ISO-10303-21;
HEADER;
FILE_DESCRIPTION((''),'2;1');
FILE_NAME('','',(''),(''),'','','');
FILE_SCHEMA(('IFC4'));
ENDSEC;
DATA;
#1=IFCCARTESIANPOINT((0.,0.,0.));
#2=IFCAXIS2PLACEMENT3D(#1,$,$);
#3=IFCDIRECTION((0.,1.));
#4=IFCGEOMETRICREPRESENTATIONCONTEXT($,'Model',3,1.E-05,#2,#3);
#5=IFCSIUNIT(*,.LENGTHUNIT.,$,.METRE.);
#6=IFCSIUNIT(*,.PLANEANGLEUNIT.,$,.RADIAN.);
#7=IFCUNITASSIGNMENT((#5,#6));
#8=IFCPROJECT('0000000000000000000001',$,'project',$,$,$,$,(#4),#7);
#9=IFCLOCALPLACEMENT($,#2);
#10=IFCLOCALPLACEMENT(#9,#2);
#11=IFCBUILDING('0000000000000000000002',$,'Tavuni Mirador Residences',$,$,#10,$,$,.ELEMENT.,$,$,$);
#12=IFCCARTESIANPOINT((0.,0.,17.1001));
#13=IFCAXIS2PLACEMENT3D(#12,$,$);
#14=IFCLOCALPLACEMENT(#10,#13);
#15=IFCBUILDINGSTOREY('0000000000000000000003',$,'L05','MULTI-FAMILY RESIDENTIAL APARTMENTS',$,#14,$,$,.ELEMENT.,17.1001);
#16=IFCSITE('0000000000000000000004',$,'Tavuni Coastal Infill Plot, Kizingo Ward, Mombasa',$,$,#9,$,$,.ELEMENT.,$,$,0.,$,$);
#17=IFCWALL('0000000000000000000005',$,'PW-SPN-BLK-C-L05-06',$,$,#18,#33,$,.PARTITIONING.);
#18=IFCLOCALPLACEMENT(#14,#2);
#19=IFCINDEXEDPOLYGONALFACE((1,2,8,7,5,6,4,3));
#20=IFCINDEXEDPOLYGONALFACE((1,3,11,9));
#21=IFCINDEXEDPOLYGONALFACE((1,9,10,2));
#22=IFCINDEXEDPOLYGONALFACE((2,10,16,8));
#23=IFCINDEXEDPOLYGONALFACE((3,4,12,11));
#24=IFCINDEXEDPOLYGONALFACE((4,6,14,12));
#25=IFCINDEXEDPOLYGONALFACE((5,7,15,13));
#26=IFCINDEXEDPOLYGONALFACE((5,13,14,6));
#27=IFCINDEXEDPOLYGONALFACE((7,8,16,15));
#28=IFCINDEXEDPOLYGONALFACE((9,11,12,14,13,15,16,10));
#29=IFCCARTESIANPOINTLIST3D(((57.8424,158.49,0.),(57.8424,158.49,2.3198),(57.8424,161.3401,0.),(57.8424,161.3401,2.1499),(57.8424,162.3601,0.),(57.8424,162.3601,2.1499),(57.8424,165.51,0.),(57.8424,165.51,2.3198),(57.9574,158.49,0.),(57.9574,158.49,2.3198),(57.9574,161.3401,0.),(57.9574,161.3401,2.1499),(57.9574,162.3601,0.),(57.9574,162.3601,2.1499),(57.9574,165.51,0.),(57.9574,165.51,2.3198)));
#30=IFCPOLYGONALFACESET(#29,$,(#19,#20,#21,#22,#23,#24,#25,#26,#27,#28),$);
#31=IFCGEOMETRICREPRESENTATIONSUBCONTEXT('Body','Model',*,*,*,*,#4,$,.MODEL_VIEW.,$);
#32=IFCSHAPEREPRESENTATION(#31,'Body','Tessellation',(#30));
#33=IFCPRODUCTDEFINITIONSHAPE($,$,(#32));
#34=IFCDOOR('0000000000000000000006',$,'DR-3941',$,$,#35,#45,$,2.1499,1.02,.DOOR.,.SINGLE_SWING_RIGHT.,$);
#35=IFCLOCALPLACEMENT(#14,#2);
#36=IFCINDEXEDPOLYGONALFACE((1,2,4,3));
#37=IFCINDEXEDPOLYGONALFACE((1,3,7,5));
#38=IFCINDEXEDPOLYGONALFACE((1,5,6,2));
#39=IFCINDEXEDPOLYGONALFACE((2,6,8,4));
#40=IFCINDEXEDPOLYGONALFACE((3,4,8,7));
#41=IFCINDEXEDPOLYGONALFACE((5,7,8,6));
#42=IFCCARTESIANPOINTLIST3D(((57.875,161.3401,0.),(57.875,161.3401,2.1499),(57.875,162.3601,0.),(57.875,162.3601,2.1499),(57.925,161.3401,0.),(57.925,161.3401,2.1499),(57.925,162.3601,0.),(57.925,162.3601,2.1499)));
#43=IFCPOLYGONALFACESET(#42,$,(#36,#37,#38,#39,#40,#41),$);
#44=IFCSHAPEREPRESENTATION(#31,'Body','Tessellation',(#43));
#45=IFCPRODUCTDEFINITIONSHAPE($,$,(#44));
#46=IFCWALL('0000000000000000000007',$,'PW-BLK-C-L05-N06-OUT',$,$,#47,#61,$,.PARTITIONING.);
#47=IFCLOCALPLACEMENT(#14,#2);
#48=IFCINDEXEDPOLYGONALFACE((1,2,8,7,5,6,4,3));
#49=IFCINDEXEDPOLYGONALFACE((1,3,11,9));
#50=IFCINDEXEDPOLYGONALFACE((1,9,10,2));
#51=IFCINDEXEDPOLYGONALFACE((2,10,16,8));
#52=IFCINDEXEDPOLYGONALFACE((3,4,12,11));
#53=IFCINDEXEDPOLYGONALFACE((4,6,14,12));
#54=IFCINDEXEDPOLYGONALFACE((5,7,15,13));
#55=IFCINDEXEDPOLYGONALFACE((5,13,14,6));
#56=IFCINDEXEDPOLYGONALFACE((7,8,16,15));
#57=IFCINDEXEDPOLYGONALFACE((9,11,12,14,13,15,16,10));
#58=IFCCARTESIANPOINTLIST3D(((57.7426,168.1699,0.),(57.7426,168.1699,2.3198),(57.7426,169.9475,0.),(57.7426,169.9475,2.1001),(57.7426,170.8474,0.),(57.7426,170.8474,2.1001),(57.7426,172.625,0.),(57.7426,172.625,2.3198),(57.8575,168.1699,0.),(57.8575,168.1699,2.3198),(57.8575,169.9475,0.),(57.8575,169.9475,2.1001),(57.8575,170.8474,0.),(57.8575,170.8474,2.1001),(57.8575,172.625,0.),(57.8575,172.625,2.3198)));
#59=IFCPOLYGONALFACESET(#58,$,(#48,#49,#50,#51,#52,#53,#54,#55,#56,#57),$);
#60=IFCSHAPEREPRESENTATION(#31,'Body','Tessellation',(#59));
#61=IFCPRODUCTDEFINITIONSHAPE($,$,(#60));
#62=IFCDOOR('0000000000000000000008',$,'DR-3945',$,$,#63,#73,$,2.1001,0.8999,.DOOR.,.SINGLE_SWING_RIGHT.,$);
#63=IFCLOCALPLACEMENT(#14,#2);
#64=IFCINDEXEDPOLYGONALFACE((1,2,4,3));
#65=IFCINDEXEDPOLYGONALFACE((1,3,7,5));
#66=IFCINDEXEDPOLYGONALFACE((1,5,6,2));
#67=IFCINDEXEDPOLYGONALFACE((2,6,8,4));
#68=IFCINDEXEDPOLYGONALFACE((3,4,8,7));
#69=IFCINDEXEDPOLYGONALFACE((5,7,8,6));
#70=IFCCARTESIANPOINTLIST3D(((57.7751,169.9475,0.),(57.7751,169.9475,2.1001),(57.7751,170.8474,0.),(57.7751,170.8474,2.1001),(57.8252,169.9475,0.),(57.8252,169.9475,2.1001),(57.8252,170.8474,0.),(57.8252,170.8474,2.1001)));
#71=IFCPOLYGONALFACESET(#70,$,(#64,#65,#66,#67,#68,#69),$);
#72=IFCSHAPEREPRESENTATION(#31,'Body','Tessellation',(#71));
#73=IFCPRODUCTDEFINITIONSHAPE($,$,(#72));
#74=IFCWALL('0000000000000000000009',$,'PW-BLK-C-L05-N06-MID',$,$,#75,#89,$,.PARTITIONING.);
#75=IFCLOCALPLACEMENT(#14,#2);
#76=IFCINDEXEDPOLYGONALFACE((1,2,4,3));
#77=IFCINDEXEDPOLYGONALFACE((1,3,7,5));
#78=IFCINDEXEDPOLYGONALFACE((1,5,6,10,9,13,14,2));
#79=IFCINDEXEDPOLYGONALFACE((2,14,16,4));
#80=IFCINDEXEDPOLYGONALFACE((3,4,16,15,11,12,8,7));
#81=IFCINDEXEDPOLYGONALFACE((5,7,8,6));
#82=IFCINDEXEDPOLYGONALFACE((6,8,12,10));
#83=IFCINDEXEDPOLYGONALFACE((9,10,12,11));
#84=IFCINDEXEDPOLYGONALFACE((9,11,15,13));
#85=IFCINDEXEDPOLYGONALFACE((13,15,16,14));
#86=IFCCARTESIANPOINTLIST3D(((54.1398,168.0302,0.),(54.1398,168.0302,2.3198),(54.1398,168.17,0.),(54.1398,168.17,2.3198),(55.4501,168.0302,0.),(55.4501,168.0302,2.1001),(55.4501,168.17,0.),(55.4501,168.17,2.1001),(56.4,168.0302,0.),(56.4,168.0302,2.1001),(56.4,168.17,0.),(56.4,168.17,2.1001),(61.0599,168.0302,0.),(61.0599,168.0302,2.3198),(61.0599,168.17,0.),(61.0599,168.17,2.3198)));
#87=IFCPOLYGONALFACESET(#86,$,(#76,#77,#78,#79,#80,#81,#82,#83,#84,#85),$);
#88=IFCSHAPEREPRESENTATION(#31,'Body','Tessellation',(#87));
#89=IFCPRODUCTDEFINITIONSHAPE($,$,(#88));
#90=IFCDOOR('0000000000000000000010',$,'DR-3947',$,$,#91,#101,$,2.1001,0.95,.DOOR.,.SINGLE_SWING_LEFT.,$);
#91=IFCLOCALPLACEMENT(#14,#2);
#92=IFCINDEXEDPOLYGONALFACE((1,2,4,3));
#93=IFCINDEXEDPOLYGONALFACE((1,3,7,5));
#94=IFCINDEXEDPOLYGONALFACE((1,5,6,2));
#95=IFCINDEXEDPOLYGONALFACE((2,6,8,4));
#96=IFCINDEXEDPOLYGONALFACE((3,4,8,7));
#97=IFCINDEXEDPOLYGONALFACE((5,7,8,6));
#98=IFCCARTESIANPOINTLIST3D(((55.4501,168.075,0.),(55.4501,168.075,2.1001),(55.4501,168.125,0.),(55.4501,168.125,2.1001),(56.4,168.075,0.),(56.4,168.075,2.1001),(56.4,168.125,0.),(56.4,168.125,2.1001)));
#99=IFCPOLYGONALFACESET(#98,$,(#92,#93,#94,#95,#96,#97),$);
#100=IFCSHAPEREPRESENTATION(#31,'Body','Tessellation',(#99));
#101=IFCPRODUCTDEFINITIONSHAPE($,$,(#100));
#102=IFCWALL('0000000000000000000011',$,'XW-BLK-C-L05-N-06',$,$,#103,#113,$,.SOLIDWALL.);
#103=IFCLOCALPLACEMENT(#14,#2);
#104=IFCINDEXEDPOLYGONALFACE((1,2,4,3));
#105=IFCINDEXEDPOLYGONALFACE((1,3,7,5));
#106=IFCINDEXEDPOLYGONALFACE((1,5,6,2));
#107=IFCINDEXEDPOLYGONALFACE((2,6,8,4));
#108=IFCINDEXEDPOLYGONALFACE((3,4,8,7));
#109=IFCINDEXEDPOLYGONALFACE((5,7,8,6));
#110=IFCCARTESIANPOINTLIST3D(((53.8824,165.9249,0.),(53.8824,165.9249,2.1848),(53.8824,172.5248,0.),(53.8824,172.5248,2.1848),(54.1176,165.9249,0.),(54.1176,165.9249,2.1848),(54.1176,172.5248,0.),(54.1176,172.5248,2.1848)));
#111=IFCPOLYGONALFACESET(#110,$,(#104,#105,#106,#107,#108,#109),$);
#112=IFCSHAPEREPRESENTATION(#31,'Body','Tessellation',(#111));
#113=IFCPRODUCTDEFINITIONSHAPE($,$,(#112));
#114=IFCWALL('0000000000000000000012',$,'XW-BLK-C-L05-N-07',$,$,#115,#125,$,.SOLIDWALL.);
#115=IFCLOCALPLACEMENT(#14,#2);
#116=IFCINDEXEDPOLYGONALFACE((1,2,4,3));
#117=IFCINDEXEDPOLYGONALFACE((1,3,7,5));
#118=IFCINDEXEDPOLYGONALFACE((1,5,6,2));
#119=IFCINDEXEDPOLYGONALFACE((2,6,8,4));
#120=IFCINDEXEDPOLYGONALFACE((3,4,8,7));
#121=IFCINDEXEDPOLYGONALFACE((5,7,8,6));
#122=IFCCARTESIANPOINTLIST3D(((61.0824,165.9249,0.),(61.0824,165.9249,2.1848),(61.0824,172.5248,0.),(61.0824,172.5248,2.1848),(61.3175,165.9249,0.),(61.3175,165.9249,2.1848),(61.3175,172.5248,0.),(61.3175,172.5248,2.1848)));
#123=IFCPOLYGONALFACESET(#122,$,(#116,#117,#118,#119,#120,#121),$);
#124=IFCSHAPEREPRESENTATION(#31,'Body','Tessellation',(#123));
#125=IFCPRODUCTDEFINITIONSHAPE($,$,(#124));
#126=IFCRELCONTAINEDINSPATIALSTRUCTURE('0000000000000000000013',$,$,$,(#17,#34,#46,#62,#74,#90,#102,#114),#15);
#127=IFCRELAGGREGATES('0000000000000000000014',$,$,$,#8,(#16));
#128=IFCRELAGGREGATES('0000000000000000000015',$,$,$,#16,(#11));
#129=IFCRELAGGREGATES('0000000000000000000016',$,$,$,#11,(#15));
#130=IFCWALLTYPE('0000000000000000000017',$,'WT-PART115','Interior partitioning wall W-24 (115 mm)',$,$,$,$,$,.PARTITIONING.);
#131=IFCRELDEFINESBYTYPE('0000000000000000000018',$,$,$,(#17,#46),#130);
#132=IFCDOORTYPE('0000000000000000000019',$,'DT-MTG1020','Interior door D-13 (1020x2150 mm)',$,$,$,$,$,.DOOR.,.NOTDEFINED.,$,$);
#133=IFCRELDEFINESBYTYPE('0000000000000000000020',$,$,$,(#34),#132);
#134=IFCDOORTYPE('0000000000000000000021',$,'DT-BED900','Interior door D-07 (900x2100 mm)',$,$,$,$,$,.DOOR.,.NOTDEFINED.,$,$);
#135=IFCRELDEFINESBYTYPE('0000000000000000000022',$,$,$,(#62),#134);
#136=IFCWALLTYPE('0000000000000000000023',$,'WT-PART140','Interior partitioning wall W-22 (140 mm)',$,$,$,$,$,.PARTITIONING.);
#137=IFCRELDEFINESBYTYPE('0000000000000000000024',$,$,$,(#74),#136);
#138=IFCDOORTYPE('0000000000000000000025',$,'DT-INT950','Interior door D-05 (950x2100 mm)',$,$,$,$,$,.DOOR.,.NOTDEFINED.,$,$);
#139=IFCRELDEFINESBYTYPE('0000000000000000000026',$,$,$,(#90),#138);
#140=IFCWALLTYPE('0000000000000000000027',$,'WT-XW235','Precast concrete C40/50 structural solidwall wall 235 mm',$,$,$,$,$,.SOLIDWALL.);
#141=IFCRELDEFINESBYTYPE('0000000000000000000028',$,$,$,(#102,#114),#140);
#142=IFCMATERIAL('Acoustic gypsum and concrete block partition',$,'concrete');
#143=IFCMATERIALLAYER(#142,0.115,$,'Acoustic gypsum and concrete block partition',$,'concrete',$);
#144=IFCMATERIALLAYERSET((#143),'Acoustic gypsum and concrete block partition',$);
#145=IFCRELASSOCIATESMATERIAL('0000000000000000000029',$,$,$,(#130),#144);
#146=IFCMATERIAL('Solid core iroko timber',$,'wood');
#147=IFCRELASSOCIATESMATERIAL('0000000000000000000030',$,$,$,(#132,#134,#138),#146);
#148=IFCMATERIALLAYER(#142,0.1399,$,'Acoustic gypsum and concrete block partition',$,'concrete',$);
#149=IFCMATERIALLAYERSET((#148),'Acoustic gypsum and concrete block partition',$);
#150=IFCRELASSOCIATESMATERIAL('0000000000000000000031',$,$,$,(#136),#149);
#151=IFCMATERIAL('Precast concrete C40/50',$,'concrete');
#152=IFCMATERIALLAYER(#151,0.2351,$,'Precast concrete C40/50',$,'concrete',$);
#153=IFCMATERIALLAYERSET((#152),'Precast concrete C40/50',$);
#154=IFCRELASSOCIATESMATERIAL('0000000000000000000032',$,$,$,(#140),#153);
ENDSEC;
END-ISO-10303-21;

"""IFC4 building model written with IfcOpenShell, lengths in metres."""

from ifc_helpers import new_model, si_unit, direction, frame, frame_2d, origin, place, context, subcontext, project, spatial, rectangle, extrude, material, layer, layer_set, type_object, element, fill, save


model = new_model("IFC4")

# Units and contexts
model_context = context("Model", 3, precision=1e-05, world=origin(), true_north=direction((0.0, 1.0)))
body_context = subcontext(model_context, "Body", "Model", "MODEL_VIEW")
ifc_project = project(units=[si_unit("LENGTHUNIT", "METRE"), si_unit("PLANEANGLEUNIT", "RADIAN")], contexts=[model_context])

# Site, building, storey
site_placement = place(None, origin())
site = spatial("IfcSite", under=ifc_project, at=site_placement, Name="Tavuni Coastal Infill Plot, Kizingo Ward, Mombasa", CompositionType="ELEMENT", RefElevation=0.0)
building_placement = place(site_placement, origin())
building = spatial("IfcBuilding", under=site, at=building_placement, Name="Tavuni Mirador Residences", CompositionType="ELEMENT")
storey_placement = place(building_placement, frame((0.0, 0.0, 17.1001)))
storey = spatial("IfcBuildingStorey", under=building, at=storey_placement, Name="L05", Description="MULTI-FAMILY RESIDENTIAL APARTMENTS", CompositionType="ELEMENT", Elevation=17.1001)

# Shared definitions
ifc_material_1 = material(Name="Precast concrete C40/50", Category="concrete")

# Shared definitions
ifc_material_2 = material(Name="Solid core iroko timber", Category="wood")

# Walls, openings, doors
ifc_material_3 = material(Name="Acoustic gypsum and concrete block partition", Category="concrete")
ifc_layer_1 = layer(ifc_material_3, 0.115, Name="Acoustic gypsum and concrete block partition", Category="concrete")
ifc_layer_set_1 = layer_set([ifc_layer_1], Name="Acoustic gypsum and concrete block partition")
wall_type_1 = type_object("IfcWallType", Name="WT-PART115", Description="Interior partitioning wall W-24 (115 mm)", PredefinedType="PARTITIONING", material=ifc_layer_set_1)
wall_1_placement = place(storey_placement, frame((57.8999, 158.49, 0.0), z_axis=(0.0, 0.0, 1.0), x_axis=(0.0, 1.0, 0.0)))
wall_1 = element("IfcWall", 1, at=wall_1_placement, inside=storey, type_object=wall_type_1, Name="PW-SPN-BLK-C-L05-06", PredefinedType="PARTITIONING", context=body_context, shape_type="SweptSolid", body=[
    extrude(rectangle(XDim=7.02, YDim=0.115, at=frame_2d((3.51, 0.0))), origin(), (0.0, 0.0, 1.0), 2.3198),
])
opening_1_placement = place(wall_1_placement, frame((2.8501, 0.0, 0.0)))
opening_1 = element("IfcOpeningElement", 2, at=opening_1_placement, cuts=wall_1, PredefinedType="OPENING", context=body_context, shape_type="SweptSolid", body=[
    extrude(rectangle(XDim=1.02, YDim=2.1499, at=frame_2d((0.51, 1.075))), frame((0.0, 0.0674, 0.0), z_axis=(0.0, -1.0, 0.0), x_axis=(1.0, 0.0, 0.0)), (0.0, 0.0, 1.0), 0.135),
])
door_type_1 = type_object("IfcDoorType", Name="DT-MTG1020", Description="Interior door D-13 (1020x2150 mm)", OperationType="NOTDEFINED", PredefinedType="DOOR", material=ifc_material_2)
door_1_placement = place(opening_1_placement, origin())
door_1 = element("IfcDoor", 3, at=door_1_placement, inside=storey, type_object=door_type_1, Name="DR-3941", OperationType="SINGLE_SWING_RIGHT", OverallHeight=2.1499, OverallWidth=1.02, PredefinedType="DOOR", context=body_context, shape_type="SweptSolid", body=[
    extrude(rectangle(XDim=1.02, YDim=2.1499, at=frame_2d((0.51, 1.075))), frame((0.0, 0.0249, 0.0), z_axis=(0.0, -1.0, 0.0), x_axis=(1.0, 0.0, 0.0)), (0.0, 0.0, 1.0), 0.05),
])
fill(opening_1, door_1)
wall_2_placement = place(storey_placement, frame((57.8, 168.1699, 0.0), z_axis=(0.0, 0.0, 1.0), x_axis=(0.0, 1.0, 0.0)))
wall_2 = element("IfcWall", 4, at=wall_2_placement, inside=storey, type_object=wall_type_1, Name="PW-BLK-C-L05-N06-OUT", PredefinedType="PARTITIONING", context=body_context, shape_type="SweptSolid", body=[
    extrude(rectangle(XDim=4.4551, YDim=0.115, at=frame_2d((2.2275, 0.0))), origin(), (0.0, 0.0, 1.0), 2.3198),
])
opening_2_placement = place(wall_2_placement, frame((1.7776, 0.0, 0.0)))
opening_2 = element("IfcOpeningElement", 5, at=opening_2_placement, cuts=wall_2, PredefinedType="OPENING", context=body_context, shape_type="SweptSolid", body=[
    extrude(rectangle(XDim=0.8999, YDim=2.1001, at=frame_2d((0.45, 1.05))), frame((0.0, 0.0674, 0.0), z_axis=(0.0, -1.0, 0.0), x_axis=(1.0, 0.0, 0.0)), (0.0, 0.0, 1.0), 0.135),
])
door_type_2 = type_object("IfcDoorType", Name="DT-BED900", Description="Interior door D-07 (900x2100 mm)", OperationType="NOTDEFINED", PredefinedType="DOOR", material=ifc_material_2)
door_2_placement = place(opening_2_placement, origin())
door_2 = element("IfcDoor", 6, at=door_2_placement, inside=storey, type_object=door_type_2, Name="DR-3945", OperationType="SINGLE_SWING_RIGHT", OverallHeight=2.1001, OverallWidth=0.8999, PredefinedType="DOOR", context=body_context, shape_type="SweptSolid", body=[
    extrude(rectangle(XDim=0.8999, YDim=2.1001, at=frame_2d((0.45, 1.05))), frame((0.0, 0.0249, 0.0), z_axis=(0.0, -1.0, 0.0), x_axis=(1.0, 0.0, 0.0)), (0.0, 0.0, 1.0), 0.05),
])
fill(opening_2, door_2)
ifc_layer_2 = layer(ifc_material_3, 0.1399, Name="Acoustic gypsum and concrete block partition", Category="concrete")
ifc_layer_set_2 = layer_set([ifc_layer_2], Name="Acoustic gypsum and concrete block partition")
wall_type_2 = type_object("IfcWallType", Name="WT-PART140", Description="Interior partitioning wall W-22 (140 mm)", PredefinedType="PARTITIONING", material=ifc_layer_set_2)
wall_3_placement = place(storey_placement, frame((54.1399, 168.1001, 0.0), z_axis=(0.0, 0.0, 1.0), x_axis=(1.0, 0.0, 0.0)))
wall_3 = element("IfcWall", 7, at=wall_3_placement, inside=storey, type_object=wall_type_2, Name="PW-BLK-C-L05-N06-MID", PredefinedType="PARTITIONING", context=body_context, shape_type="SweptSolid", body=[
    extrude(rectangle(XDim=6.9202, YDim=0.1399, at=frame_2d((3.46, 0.0))), origin(), (0.0, 0.0, 1.0), 2.3198),
])
opening_3_placement = place(wall_3_placement, frame((1.3101, 0.0, 0.0)))
opening_3 = element("IfcOpeningElement", 8, at=opening_3_placement, cuts=wall_3, PredefinedType="OPENING", context=body_context, shape_type="SweptSolid", body=[
    extrude(rectangle(XDim=0.95, YDim=2.1001, at=frame_2d((0.4751, 1.05))), frame((0.0, 0.0801, 0.0), z_axis=(0.0, -1.0, 0.0), x_axis=(1.0, 0.0, 0.0)), (0.0, 0.0, 1.0), 0.1599),
])
door_type_3 = type_object("IfcDoorType", Name="DT-INT950", Description="Interior door D-05 (950x2100 mm)", OperationType="NOTDEFINED", PredefinedType="DOOR", material=ifc_material_2)
door_3_placement = place(opening_3_placement, origin())
door_3 = element("IfcDoor", 9, at=door_3_placement, inside=storey, type_object=door_type_3, Name="DR-3947", OperationType="SINGLE_SWING_LEFT", OverallHeight=2.1001, OverallWidth=0.95, PredefinedType="DOOR", context=body_context, shape_type="SweptSolid", body=[
    extrude(rectangle(XDim=0.95, YDim=2.1001, at=frame_2d((0.4751, 1.05))), frame((0.0, 0.0249, 0.0), z_axis=(0.0, -1.0, 0.0), x_axis=(1.0, 0.0, 0.0)), (0.0, 0.0, 1.0), 0.05),
])
fill(opening_3, door_3)

# Walls
ifc_layer_3 = layer(ifc_material_1, 0.2351, Name="Precast concrete C40/50", Category="concrete")
ifc_layer_set_3 = layer_set([ifc_layer_3], Name="Precast concrete C40/50")
wall_type_3 = type_object("IfcWallType", Name="WT-XW235", Description="Precast concrete C40/50 structural solidwall wall 235 mm", PredefinedType="SOLIDWALL", material=ifc_layer_set_3)
for number, where, z_axis, x_axis, name in (
    (10, (54.0, 165.925, 0.0), (0.0, 0.0, 1.0), (0.0, 1.0, 0.0), "XW-BLK-C-L05-N-06"),
    (11, (61.2, 165.925, 0.0), (0.0, 0.0, 1.0), (0.0, 1.0, 0.0), "XW-BLK-C-L05-N-07"),
):
    element("IfcWall", number, at=place(storey_placement, frame(where, z_axis=z_axis, x_axis=x_axis)), inside=storey, type_object=wall_type_3, Name=name, PredefinedType="SOLIDWALL", context=body_context, shape_type="SweptSolid", body=[
        extrude(rectangle(XDim=6.5999, YDim=0.2351, at=frame_2d((3.2998, 0.0))), origin(), (0.0, 0.0, 1.0), 2.1848),
    ])

save(model, "model.ifc")
